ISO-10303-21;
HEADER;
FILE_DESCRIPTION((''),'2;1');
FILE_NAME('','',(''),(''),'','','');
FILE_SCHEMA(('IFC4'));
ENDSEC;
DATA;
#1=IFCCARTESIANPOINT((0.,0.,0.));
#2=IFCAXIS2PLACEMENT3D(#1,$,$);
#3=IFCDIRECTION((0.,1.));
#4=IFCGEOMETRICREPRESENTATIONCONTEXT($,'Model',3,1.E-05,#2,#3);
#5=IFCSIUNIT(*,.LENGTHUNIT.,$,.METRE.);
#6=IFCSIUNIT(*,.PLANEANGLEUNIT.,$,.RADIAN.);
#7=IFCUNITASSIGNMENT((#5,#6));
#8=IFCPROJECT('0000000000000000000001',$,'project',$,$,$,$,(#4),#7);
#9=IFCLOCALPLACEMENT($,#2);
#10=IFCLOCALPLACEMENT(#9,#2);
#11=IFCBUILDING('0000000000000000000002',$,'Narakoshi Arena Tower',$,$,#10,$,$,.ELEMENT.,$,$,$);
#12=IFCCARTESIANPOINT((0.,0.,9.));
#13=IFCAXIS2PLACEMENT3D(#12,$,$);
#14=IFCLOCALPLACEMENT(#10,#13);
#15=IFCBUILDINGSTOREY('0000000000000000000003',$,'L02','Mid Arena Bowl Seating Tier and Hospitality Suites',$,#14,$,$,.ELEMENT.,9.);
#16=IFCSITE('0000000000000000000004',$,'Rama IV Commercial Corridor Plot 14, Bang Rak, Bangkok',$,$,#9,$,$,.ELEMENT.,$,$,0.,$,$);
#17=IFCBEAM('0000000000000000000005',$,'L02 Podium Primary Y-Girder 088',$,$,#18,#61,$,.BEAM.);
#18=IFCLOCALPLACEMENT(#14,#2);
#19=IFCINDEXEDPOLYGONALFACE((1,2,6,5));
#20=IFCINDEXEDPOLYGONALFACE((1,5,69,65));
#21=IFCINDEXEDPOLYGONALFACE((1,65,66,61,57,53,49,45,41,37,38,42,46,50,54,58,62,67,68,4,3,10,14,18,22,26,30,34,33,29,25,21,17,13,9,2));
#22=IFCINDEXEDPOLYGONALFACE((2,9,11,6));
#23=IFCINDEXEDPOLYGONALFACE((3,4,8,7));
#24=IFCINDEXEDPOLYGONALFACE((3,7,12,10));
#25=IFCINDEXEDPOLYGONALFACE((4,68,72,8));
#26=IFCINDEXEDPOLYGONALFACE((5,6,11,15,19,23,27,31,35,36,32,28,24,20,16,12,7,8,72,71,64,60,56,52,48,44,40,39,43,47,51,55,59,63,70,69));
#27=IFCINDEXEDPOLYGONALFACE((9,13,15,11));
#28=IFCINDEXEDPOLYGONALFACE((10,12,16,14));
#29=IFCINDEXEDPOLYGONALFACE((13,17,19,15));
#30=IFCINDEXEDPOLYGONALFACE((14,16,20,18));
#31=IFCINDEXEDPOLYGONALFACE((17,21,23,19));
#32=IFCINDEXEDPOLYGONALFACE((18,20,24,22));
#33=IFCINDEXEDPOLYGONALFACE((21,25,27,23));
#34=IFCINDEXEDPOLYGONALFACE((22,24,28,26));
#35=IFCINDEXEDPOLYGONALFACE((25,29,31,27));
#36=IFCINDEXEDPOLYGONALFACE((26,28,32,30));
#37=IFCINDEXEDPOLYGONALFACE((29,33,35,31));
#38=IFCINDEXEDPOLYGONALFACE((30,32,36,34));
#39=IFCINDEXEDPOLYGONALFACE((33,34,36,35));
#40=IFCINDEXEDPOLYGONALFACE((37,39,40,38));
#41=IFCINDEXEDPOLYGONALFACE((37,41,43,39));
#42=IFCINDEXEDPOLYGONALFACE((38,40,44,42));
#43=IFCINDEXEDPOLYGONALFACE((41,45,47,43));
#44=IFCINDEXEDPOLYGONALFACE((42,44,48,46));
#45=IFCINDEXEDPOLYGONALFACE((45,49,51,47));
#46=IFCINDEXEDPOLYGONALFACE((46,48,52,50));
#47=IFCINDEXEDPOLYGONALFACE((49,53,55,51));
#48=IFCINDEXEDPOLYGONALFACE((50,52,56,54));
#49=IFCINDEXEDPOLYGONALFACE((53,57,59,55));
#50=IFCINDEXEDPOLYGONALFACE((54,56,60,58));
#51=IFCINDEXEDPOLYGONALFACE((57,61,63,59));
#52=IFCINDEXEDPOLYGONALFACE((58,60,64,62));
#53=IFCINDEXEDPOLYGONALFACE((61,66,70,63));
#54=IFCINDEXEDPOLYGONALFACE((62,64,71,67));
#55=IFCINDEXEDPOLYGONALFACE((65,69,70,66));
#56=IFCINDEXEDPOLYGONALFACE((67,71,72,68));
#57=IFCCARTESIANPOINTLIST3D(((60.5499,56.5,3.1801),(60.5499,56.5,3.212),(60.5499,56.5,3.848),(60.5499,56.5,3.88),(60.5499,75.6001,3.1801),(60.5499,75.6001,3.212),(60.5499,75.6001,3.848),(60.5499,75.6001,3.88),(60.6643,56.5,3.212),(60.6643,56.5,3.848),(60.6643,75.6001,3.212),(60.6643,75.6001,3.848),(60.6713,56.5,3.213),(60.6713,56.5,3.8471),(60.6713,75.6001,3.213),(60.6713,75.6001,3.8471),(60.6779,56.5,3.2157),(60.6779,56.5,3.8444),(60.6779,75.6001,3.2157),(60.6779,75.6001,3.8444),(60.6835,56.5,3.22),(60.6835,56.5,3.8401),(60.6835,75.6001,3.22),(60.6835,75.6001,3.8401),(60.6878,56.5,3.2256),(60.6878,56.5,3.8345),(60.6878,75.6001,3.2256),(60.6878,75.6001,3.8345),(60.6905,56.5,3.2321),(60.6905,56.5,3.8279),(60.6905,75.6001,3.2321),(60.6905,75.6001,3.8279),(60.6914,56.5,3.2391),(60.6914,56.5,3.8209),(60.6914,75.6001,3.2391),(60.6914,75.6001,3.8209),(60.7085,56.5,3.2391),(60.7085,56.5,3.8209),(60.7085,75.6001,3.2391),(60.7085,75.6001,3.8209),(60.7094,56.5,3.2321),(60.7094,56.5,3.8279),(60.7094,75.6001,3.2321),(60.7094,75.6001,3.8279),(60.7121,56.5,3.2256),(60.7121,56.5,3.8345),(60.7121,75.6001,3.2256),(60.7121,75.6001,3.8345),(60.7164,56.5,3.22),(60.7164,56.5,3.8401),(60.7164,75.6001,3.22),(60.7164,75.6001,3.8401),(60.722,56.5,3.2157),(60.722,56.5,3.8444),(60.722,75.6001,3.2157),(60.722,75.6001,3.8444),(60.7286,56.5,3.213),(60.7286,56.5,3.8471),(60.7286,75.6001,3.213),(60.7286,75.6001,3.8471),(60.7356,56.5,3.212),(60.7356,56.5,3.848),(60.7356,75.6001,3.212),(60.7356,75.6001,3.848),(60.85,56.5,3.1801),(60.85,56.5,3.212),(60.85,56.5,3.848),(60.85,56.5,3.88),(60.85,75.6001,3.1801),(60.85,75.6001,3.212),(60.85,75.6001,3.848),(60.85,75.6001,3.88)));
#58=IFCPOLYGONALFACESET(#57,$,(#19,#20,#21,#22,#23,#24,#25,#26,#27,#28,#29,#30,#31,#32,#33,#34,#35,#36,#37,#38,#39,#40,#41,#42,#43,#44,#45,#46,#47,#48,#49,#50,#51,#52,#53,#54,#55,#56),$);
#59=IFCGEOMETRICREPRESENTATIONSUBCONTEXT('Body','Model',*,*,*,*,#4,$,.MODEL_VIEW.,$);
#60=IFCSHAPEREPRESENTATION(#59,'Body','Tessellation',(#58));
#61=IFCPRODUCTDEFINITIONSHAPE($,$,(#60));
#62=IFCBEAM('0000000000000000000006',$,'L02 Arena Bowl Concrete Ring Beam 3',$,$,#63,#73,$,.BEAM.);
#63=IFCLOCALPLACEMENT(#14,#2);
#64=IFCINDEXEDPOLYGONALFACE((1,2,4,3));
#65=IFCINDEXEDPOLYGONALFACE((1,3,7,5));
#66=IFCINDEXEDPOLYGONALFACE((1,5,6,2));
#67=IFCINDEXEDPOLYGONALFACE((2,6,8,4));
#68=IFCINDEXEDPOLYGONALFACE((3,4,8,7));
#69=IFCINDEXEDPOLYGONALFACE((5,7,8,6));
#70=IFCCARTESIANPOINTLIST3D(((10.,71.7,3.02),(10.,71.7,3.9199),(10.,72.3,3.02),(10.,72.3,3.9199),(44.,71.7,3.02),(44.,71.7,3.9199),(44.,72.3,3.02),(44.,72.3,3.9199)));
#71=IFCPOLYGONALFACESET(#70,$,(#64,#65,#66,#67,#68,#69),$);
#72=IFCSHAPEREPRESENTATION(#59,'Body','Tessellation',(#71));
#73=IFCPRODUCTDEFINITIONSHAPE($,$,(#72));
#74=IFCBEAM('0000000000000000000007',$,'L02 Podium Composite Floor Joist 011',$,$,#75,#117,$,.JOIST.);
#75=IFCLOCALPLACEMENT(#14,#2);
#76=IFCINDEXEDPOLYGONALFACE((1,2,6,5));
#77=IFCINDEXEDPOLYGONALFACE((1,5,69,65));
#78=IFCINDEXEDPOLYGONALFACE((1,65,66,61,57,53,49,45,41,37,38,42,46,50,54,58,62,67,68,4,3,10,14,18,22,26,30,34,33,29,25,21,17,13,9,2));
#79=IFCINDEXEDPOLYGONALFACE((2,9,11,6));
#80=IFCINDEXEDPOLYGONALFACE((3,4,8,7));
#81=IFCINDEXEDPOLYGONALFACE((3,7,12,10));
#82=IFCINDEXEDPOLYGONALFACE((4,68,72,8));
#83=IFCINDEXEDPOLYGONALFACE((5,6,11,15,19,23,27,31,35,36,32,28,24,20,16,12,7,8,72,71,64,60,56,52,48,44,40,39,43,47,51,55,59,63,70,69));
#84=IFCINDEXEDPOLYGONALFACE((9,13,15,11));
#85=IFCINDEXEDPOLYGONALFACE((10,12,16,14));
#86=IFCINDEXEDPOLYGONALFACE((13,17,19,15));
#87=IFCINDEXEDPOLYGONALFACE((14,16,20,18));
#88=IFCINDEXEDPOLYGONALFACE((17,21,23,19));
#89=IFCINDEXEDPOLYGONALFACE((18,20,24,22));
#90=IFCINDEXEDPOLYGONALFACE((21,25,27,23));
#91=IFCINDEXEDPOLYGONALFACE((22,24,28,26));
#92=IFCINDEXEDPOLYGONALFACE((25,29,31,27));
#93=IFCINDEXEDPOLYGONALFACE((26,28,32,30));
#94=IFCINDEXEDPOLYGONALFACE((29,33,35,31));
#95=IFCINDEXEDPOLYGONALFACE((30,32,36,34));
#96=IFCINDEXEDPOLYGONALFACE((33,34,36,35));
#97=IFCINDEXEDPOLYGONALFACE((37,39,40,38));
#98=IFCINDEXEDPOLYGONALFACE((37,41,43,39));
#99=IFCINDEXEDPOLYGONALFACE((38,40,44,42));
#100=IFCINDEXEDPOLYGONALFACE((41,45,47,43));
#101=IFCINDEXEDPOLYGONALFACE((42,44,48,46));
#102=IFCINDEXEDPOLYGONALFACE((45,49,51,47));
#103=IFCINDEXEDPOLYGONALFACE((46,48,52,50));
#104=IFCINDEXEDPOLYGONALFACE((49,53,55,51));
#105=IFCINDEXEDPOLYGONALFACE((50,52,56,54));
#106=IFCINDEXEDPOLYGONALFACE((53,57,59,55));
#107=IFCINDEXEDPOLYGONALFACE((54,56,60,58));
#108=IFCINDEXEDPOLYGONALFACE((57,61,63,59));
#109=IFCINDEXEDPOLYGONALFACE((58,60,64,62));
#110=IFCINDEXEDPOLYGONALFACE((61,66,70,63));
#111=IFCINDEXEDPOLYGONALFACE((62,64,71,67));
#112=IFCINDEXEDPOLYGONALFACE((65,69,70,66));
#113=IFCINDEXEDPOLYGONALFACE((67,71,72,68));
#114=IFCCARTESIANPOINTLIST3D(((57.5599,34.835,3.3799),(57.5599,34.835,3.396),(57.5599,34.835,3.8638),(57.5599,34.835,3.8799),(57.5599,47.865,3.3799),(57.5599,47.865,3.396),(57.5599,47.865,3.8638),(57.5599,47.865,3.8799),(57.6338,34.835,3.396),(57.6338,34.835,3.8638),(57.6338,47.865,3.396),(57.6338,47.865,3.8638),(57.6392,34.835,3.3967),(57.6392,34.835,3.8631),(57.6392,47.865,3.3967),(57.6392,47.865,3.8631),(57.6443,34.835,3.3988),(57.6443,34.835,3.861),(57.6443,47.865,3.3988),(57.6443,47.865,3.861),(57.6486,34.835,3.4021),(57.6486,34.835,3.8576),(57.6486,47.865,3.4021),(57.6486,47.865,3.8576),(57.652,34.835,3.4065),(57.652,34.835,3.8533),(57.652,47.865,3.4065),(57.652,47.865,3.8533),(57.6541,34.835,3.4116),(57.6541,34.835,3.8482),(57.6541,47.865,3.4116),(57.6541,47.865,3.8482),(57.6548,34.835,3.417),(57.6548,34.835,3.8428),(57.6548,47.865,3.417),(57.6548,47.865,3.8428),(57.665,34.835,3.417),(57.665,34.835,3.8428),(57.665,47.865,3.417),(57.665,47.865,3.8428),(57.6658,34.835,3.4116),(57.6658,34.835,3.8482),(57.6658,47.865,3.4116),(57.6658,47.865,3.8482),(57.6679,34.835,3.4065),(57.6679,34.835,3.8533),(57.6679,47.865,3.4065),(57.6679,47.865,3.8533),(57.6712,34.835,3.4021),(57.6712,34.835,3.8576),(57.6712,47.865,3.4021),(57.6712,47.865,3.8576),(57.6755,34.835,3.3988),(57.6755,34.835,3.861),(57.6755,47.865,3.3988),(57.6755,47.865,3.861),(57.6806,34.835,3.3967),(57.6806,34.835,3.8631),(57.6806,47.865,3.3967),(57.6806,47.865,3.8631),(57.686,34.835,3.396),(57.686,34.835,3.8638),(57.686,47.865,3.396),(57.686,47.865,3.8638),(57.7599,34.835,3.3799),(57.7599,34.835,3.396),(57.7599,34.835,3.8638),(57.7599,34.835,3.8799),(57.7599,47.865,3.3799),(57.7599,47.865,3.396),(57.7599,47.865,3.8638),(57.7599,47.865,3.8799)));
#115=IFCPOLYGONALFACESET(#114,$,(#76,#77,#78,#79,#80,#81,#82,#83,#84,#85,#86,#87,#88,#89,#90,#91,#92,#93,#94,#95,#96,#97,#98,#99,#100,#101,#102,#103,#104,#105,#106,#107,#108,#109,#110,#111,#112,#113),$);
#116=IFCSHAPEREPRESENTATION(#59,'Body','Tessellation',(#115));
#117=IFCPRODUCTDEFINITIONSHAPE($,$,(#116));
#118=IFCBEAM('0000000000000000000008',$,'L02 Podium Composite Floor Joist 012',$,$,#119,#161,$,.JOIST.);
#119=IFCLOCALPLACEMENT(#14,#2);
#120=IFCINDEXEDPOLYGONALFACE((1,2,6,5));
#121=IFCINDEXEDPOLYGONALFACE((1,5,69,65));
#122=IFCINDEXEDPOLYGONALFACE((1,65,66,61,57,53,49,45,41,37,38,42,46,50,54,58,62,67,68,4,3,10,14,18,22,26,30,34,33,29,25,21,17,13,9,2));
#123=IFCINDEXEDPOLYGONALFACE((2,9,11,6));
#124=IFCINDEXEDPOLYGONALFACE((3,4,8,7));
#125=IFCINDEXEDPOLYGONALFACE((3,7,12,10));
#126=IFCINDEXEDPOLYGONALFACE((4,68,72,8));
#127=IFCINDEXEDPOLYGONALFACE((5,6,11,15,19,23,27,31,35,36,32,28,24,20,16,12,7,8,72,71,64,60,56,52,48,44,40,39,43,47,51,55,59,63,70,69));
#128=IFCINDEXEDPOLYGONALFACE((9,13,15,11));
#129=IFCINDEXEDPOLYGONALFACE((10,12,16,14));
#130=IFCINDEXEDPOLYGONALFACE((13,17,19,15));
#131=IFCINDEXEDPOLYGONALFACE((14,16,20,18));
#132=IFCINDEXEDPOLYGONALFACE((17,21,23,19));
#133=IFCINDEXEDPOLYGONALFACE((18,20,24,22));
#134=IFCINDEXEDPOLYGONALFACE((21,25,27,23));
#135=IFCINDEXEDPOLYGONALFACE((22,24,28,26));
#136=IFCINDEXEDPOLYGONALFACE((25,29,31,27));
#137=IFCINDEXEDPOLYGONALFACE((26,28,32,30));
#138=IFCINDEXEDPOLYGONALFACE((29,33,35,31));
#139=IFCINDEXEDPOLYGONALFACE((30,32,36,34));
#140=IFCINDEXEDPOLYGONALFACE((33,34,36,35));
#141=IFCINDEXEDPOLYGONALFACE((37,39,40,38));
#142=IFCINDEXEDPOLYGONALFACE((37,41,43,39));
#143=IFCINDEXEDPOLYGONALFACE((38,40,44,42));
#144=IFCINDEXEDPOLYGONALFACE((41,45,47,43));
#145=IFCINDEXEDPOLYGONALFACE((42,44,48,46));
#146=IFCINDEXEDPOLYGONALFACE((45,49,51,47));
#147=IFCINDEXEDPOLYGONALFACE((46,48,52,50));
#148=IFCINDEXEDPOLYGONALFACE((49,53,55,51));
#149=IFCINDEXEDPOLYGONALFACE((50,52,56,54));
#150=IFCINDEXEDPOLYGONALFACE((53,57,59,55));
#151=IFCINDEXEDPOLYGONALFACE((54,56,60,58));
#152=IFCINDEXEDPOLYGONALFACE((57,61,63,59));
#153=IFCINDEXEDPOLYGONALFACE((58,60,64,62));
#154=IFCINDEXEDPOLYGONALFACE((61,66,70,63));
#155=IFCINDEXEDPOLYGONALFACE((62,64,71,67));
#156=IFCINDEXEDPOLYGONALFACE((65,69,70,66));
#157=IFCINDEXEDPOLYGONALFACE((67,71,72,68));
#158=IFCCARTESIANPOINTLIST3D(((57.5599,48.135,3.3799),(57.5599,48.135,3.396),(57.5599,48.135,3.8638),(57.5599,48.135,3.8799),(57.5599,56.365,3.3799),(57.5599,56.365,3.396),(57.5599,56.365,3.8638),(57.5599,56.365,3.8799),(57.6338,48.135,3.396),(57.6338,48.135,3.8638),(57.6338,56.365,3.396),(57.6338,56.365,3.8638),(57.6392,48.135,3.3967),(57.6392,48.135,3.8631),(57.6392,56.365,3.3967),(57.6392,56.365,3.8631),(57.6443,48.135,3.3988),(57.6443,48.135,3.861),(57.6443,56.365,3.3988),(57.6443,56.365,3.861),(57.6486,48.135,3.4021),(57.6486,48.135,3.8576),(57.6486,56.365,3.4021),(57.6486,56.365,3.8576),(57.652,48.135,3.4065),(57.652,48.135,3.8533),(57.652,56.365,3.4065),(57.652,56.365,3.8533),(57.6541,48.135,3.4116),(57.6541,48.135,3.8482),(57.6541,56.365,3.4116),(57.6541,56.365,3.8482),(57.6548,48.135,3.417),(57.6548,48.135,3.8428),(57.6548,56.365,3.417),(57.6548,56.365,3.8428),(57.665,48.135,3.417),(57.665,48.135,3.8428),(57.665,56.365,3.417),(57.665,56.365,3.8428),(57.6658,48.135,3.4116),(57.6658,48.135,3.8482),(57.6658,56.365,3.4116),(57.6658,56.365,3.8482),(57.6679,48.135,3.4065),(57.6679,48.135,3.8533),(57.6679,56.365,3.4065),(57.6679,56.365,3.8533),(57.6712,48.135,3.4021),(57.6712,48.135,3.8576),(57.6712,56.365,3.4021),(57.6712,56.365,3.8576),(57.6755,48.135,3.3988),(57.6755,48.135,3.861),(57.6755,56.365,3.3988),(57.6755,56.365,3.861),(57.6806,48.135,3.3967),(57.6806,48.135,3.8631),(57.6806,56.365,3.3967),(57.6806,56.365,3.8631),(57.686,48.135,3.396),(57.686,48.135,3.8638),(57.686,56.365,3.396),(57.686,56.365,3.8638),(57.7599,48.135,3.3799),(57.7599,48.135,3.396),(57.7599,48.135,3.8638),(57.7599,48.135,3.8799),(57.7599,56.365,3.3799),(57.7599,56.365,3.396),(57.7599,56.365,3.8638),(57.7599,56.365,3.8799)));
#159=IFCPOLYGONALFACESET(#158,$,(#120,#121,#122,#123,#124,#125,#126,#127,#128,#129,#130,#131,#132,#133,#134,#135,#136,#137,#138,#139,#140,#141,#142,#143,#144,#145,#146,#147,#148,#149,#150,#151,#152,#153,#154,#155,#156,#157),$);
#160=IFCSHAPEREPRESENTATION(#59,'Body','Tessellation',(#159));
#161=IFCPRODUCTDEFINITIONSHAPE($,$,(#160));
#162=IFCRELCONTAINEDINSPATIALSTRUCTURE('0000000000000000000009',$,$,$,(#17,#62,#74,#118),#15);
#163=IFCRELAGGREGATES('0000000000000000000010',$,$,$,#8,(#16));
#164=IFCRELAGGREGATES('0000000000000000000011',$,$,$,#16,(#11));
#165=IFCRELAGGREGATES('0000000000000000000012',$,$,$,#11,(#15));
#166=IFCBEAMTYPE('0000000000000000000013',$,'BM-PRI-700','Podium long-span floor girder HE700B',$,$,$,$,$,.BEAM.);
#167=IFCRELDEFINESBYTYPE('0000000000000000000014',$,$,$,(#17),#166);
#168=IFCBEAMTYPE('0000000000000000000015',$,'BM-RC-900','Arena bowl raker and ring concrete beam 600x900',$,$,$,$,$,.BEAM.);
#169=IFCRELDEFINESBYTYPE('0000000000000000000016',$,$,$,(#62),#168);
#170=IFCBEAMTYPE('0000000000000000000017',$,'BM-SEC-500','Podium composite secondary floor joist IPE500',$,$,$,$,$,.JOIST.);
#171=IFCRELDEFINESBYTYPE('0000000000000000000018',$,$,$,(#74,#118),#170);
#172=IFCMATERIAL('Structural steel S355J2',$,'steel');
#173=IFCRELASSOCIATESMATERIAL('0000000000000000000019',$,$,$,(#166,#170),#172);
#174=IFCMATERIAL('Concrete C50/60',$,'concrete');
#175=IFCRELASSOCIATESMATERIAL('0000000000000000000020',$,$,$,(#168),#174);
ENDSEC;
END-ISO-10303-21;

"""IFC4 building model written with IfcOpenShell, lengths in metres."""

from ifc_helpers import new_model, si_unit, direction, frame, origin, origin_2d, place, context, subcontext, project, spatial, rectangle, i_section, extrude, material, material_profile, profile_set, type_object, element, save


model = new_model("IFC4")

# Units and contexts
model_context = context("Model", 3, precision=1e-05, world=origin(), true_north=direction((0.0, 1.0)))
body_context = subcontext(model_context, "Body", "Model", "MODEL_VIEW")
ifc_project = project(units=[si_unit("LENGTHUNIT", "METRE"), si_unit("PLANEANGLEUNIT", "RADIAN")], contexts=[model_context])

# Site, building, storey
site_placement = place(None, origin())
site = spatial("IfcSite", under=ifc_project, at=site_placement, Name="Rama IV Commercial Corridor Plot 14, Bang Rak, Bangkok", CompositionType="ELEMENT", RefElevation=0.0)
building_placement = place(site_placement, origin())
building = spatial("IfcBuilding", under=site, at=building_placement, Name="Narakoshi Arena Tower", CompositionType="ELEMENT")
storey_placement = place(building_placement, frame((0.0, 0.0, 9.0)))
storey = spatial("IfcBuildingStorey", under=building, at=storey_placement, Name="L02", Description="Mid Arena Bowl Seating Tier and Hospitality Suites", CompositionType="ELEMENT", Elevation=9.0)

# Shared definitions
ifc_material_1 = material(Name="Concrete C50/60", Category="concrete")

# Beams
ifc_material_2 = material(Name="Structural steel S355J2", Category="steel")
ifc_material_profile_1 = material_profile(ifc_material_2, i_section(OverallWidth=0.3, OverallDepth=0.7, WebThickness=0.0171, FlangeThickness=0.032, FilletRadius=0.0271, at=origin_2d()), Name="HE700B")
ifc_profile_set_1 = profile_set([ifc_material_profile_1], Name="Structural steel S355J2")
beam_type_1 = type_object("IfcBeamType", Name="BM-PRI-700", Description="Podium long-span floor girder HE700B", PredefinedType="BEAM", material=ifc_profile_set_1)
for number, where, z_axis, x_axis, name in (
    (1, (60.7, 56.5, 3.53), (0.0, 1.0, 0.0), (-1.0, 0.0, 0.0), "L02 Podium Primary Y-Girder 088"),
):
    element("IfcBeam", number, at=place(storey_placement, frame(where, z_axis=z_axis, x_axis=x_axis)), inside=storey, type_object=beam_type_1, Name=name, PredefinedType="BEAM", context=body_context, shape_type="SweptSolid", body=[
        extrude(i_section(OverallWidth=0.3, OverallDepth=0.7, WebThickness=0.0171, FlangeThickness=0.032, FilletRadius=0.0271, at=origin_2d()), origin(), (0.0, 0.0, 1.0), 19.1001),
    ])
ifc_material_profile_2 = material_profile(ifc_material_1, rectangle(XDim=0.6001, YDim=0.8999, at=origin_2d()), Name="RCB600x900")
ifc_profile_set_2 = profile_set([ifc_material_profile_2], Name="Concrete C50/60")
beam_type_2 = type_object("IfcBeamType", Name="BM-RC-900", Description="Arena bowl raker and ring concrete beam 600x900", PredefinedType="BEAM", material=ifc_profile_set_2)
beam_1_placement = place(storey_placement, frame((44.0, 72.0, 3.47), z_axis=(-1.0, 0.0, 0.0), x_axis=(0.0, -1.0, 0.0)))
element("IfcBeam", 2, at=beam_1_placement, inside=storey, type_object=beam_type_2, Name="L02 Arena Bowl Concrete Ring Beam 3", PredefinedType="BEAM", context=body_context, shape_type="SweptSolid", body=[
    extrude(rectangle(XDim=0.6001, YDim=0.8999, at=origin_2d()), origin(), (0.0, 0.0, 1.0), 34.0),
])
ifc_material_profile_3 = material_profile(ifc_material_2, i_section(OverallWidth=0.2, OverallDepth=0.5, WebThickness=0.0103, FlangeThickness=0.0161, FilletRadius=0.021, at=origin_2d()), Name="IPE500")
ifc_profile_set_3 = profile_set([ifc_material_profile_3], Name="Structural steel S355J2")
beam_type_3 = type_object("IfcBeamType", Name="BM-SEC-500", Description="Podium composite secondary floor joist IPE500", PredefinedType="JOIST", material=ifc_profile_set_3)
beam_2_placement = place(storey_placement, frame((57.6599, 34.835, 3.6299), z_axis=(0.0, 1.0, 0.0), x_axis=(-1.0, 0.0, 0.0)))
element("IfcBeam", 3, at=beam_2_placement, inside=storey, type_object=beam_type_3, Name="L02 Podium Composite Floor Joist 011", PredefinedType="JOIST", context=body_context, shape_type="SweptSolid", body=[
    extrude(i_section(OverallWidth=0.2, OverallDepth=0.5, WebThickness=0.0103, FlangeThickness=0.0161, FilletRadius=0.021, at=origin_2d()), origin(), (0.0, 0.0, 1.0), 13.03),
])
beam_3_placement = place(storey_placement, frame((57.6599, 48.135, 3.6299), z_axis=(0.0, 1.0, 0.0), x_axis=(-1.0, 0.0, 0.0)))
element("IfcBeam", 4, at=beam_3_placement, inside=storey, type_object=beam_type_3, Name="L02 Podium Composite Floor Joist 012", PredefinedType="JOIST", context=body_context, shape_type="SweptSolid", body=[
    extrude(i_section(OverallWidth=0.2, OverallDepth=0.5, WebThickness=0.0103, FlangeThickness=0.0161, FilletRadius=0.021, at=origin_2d()), origin(), (0.0, 0.0, 1.0), 8.23),
])

save(model, "model.ifc")
